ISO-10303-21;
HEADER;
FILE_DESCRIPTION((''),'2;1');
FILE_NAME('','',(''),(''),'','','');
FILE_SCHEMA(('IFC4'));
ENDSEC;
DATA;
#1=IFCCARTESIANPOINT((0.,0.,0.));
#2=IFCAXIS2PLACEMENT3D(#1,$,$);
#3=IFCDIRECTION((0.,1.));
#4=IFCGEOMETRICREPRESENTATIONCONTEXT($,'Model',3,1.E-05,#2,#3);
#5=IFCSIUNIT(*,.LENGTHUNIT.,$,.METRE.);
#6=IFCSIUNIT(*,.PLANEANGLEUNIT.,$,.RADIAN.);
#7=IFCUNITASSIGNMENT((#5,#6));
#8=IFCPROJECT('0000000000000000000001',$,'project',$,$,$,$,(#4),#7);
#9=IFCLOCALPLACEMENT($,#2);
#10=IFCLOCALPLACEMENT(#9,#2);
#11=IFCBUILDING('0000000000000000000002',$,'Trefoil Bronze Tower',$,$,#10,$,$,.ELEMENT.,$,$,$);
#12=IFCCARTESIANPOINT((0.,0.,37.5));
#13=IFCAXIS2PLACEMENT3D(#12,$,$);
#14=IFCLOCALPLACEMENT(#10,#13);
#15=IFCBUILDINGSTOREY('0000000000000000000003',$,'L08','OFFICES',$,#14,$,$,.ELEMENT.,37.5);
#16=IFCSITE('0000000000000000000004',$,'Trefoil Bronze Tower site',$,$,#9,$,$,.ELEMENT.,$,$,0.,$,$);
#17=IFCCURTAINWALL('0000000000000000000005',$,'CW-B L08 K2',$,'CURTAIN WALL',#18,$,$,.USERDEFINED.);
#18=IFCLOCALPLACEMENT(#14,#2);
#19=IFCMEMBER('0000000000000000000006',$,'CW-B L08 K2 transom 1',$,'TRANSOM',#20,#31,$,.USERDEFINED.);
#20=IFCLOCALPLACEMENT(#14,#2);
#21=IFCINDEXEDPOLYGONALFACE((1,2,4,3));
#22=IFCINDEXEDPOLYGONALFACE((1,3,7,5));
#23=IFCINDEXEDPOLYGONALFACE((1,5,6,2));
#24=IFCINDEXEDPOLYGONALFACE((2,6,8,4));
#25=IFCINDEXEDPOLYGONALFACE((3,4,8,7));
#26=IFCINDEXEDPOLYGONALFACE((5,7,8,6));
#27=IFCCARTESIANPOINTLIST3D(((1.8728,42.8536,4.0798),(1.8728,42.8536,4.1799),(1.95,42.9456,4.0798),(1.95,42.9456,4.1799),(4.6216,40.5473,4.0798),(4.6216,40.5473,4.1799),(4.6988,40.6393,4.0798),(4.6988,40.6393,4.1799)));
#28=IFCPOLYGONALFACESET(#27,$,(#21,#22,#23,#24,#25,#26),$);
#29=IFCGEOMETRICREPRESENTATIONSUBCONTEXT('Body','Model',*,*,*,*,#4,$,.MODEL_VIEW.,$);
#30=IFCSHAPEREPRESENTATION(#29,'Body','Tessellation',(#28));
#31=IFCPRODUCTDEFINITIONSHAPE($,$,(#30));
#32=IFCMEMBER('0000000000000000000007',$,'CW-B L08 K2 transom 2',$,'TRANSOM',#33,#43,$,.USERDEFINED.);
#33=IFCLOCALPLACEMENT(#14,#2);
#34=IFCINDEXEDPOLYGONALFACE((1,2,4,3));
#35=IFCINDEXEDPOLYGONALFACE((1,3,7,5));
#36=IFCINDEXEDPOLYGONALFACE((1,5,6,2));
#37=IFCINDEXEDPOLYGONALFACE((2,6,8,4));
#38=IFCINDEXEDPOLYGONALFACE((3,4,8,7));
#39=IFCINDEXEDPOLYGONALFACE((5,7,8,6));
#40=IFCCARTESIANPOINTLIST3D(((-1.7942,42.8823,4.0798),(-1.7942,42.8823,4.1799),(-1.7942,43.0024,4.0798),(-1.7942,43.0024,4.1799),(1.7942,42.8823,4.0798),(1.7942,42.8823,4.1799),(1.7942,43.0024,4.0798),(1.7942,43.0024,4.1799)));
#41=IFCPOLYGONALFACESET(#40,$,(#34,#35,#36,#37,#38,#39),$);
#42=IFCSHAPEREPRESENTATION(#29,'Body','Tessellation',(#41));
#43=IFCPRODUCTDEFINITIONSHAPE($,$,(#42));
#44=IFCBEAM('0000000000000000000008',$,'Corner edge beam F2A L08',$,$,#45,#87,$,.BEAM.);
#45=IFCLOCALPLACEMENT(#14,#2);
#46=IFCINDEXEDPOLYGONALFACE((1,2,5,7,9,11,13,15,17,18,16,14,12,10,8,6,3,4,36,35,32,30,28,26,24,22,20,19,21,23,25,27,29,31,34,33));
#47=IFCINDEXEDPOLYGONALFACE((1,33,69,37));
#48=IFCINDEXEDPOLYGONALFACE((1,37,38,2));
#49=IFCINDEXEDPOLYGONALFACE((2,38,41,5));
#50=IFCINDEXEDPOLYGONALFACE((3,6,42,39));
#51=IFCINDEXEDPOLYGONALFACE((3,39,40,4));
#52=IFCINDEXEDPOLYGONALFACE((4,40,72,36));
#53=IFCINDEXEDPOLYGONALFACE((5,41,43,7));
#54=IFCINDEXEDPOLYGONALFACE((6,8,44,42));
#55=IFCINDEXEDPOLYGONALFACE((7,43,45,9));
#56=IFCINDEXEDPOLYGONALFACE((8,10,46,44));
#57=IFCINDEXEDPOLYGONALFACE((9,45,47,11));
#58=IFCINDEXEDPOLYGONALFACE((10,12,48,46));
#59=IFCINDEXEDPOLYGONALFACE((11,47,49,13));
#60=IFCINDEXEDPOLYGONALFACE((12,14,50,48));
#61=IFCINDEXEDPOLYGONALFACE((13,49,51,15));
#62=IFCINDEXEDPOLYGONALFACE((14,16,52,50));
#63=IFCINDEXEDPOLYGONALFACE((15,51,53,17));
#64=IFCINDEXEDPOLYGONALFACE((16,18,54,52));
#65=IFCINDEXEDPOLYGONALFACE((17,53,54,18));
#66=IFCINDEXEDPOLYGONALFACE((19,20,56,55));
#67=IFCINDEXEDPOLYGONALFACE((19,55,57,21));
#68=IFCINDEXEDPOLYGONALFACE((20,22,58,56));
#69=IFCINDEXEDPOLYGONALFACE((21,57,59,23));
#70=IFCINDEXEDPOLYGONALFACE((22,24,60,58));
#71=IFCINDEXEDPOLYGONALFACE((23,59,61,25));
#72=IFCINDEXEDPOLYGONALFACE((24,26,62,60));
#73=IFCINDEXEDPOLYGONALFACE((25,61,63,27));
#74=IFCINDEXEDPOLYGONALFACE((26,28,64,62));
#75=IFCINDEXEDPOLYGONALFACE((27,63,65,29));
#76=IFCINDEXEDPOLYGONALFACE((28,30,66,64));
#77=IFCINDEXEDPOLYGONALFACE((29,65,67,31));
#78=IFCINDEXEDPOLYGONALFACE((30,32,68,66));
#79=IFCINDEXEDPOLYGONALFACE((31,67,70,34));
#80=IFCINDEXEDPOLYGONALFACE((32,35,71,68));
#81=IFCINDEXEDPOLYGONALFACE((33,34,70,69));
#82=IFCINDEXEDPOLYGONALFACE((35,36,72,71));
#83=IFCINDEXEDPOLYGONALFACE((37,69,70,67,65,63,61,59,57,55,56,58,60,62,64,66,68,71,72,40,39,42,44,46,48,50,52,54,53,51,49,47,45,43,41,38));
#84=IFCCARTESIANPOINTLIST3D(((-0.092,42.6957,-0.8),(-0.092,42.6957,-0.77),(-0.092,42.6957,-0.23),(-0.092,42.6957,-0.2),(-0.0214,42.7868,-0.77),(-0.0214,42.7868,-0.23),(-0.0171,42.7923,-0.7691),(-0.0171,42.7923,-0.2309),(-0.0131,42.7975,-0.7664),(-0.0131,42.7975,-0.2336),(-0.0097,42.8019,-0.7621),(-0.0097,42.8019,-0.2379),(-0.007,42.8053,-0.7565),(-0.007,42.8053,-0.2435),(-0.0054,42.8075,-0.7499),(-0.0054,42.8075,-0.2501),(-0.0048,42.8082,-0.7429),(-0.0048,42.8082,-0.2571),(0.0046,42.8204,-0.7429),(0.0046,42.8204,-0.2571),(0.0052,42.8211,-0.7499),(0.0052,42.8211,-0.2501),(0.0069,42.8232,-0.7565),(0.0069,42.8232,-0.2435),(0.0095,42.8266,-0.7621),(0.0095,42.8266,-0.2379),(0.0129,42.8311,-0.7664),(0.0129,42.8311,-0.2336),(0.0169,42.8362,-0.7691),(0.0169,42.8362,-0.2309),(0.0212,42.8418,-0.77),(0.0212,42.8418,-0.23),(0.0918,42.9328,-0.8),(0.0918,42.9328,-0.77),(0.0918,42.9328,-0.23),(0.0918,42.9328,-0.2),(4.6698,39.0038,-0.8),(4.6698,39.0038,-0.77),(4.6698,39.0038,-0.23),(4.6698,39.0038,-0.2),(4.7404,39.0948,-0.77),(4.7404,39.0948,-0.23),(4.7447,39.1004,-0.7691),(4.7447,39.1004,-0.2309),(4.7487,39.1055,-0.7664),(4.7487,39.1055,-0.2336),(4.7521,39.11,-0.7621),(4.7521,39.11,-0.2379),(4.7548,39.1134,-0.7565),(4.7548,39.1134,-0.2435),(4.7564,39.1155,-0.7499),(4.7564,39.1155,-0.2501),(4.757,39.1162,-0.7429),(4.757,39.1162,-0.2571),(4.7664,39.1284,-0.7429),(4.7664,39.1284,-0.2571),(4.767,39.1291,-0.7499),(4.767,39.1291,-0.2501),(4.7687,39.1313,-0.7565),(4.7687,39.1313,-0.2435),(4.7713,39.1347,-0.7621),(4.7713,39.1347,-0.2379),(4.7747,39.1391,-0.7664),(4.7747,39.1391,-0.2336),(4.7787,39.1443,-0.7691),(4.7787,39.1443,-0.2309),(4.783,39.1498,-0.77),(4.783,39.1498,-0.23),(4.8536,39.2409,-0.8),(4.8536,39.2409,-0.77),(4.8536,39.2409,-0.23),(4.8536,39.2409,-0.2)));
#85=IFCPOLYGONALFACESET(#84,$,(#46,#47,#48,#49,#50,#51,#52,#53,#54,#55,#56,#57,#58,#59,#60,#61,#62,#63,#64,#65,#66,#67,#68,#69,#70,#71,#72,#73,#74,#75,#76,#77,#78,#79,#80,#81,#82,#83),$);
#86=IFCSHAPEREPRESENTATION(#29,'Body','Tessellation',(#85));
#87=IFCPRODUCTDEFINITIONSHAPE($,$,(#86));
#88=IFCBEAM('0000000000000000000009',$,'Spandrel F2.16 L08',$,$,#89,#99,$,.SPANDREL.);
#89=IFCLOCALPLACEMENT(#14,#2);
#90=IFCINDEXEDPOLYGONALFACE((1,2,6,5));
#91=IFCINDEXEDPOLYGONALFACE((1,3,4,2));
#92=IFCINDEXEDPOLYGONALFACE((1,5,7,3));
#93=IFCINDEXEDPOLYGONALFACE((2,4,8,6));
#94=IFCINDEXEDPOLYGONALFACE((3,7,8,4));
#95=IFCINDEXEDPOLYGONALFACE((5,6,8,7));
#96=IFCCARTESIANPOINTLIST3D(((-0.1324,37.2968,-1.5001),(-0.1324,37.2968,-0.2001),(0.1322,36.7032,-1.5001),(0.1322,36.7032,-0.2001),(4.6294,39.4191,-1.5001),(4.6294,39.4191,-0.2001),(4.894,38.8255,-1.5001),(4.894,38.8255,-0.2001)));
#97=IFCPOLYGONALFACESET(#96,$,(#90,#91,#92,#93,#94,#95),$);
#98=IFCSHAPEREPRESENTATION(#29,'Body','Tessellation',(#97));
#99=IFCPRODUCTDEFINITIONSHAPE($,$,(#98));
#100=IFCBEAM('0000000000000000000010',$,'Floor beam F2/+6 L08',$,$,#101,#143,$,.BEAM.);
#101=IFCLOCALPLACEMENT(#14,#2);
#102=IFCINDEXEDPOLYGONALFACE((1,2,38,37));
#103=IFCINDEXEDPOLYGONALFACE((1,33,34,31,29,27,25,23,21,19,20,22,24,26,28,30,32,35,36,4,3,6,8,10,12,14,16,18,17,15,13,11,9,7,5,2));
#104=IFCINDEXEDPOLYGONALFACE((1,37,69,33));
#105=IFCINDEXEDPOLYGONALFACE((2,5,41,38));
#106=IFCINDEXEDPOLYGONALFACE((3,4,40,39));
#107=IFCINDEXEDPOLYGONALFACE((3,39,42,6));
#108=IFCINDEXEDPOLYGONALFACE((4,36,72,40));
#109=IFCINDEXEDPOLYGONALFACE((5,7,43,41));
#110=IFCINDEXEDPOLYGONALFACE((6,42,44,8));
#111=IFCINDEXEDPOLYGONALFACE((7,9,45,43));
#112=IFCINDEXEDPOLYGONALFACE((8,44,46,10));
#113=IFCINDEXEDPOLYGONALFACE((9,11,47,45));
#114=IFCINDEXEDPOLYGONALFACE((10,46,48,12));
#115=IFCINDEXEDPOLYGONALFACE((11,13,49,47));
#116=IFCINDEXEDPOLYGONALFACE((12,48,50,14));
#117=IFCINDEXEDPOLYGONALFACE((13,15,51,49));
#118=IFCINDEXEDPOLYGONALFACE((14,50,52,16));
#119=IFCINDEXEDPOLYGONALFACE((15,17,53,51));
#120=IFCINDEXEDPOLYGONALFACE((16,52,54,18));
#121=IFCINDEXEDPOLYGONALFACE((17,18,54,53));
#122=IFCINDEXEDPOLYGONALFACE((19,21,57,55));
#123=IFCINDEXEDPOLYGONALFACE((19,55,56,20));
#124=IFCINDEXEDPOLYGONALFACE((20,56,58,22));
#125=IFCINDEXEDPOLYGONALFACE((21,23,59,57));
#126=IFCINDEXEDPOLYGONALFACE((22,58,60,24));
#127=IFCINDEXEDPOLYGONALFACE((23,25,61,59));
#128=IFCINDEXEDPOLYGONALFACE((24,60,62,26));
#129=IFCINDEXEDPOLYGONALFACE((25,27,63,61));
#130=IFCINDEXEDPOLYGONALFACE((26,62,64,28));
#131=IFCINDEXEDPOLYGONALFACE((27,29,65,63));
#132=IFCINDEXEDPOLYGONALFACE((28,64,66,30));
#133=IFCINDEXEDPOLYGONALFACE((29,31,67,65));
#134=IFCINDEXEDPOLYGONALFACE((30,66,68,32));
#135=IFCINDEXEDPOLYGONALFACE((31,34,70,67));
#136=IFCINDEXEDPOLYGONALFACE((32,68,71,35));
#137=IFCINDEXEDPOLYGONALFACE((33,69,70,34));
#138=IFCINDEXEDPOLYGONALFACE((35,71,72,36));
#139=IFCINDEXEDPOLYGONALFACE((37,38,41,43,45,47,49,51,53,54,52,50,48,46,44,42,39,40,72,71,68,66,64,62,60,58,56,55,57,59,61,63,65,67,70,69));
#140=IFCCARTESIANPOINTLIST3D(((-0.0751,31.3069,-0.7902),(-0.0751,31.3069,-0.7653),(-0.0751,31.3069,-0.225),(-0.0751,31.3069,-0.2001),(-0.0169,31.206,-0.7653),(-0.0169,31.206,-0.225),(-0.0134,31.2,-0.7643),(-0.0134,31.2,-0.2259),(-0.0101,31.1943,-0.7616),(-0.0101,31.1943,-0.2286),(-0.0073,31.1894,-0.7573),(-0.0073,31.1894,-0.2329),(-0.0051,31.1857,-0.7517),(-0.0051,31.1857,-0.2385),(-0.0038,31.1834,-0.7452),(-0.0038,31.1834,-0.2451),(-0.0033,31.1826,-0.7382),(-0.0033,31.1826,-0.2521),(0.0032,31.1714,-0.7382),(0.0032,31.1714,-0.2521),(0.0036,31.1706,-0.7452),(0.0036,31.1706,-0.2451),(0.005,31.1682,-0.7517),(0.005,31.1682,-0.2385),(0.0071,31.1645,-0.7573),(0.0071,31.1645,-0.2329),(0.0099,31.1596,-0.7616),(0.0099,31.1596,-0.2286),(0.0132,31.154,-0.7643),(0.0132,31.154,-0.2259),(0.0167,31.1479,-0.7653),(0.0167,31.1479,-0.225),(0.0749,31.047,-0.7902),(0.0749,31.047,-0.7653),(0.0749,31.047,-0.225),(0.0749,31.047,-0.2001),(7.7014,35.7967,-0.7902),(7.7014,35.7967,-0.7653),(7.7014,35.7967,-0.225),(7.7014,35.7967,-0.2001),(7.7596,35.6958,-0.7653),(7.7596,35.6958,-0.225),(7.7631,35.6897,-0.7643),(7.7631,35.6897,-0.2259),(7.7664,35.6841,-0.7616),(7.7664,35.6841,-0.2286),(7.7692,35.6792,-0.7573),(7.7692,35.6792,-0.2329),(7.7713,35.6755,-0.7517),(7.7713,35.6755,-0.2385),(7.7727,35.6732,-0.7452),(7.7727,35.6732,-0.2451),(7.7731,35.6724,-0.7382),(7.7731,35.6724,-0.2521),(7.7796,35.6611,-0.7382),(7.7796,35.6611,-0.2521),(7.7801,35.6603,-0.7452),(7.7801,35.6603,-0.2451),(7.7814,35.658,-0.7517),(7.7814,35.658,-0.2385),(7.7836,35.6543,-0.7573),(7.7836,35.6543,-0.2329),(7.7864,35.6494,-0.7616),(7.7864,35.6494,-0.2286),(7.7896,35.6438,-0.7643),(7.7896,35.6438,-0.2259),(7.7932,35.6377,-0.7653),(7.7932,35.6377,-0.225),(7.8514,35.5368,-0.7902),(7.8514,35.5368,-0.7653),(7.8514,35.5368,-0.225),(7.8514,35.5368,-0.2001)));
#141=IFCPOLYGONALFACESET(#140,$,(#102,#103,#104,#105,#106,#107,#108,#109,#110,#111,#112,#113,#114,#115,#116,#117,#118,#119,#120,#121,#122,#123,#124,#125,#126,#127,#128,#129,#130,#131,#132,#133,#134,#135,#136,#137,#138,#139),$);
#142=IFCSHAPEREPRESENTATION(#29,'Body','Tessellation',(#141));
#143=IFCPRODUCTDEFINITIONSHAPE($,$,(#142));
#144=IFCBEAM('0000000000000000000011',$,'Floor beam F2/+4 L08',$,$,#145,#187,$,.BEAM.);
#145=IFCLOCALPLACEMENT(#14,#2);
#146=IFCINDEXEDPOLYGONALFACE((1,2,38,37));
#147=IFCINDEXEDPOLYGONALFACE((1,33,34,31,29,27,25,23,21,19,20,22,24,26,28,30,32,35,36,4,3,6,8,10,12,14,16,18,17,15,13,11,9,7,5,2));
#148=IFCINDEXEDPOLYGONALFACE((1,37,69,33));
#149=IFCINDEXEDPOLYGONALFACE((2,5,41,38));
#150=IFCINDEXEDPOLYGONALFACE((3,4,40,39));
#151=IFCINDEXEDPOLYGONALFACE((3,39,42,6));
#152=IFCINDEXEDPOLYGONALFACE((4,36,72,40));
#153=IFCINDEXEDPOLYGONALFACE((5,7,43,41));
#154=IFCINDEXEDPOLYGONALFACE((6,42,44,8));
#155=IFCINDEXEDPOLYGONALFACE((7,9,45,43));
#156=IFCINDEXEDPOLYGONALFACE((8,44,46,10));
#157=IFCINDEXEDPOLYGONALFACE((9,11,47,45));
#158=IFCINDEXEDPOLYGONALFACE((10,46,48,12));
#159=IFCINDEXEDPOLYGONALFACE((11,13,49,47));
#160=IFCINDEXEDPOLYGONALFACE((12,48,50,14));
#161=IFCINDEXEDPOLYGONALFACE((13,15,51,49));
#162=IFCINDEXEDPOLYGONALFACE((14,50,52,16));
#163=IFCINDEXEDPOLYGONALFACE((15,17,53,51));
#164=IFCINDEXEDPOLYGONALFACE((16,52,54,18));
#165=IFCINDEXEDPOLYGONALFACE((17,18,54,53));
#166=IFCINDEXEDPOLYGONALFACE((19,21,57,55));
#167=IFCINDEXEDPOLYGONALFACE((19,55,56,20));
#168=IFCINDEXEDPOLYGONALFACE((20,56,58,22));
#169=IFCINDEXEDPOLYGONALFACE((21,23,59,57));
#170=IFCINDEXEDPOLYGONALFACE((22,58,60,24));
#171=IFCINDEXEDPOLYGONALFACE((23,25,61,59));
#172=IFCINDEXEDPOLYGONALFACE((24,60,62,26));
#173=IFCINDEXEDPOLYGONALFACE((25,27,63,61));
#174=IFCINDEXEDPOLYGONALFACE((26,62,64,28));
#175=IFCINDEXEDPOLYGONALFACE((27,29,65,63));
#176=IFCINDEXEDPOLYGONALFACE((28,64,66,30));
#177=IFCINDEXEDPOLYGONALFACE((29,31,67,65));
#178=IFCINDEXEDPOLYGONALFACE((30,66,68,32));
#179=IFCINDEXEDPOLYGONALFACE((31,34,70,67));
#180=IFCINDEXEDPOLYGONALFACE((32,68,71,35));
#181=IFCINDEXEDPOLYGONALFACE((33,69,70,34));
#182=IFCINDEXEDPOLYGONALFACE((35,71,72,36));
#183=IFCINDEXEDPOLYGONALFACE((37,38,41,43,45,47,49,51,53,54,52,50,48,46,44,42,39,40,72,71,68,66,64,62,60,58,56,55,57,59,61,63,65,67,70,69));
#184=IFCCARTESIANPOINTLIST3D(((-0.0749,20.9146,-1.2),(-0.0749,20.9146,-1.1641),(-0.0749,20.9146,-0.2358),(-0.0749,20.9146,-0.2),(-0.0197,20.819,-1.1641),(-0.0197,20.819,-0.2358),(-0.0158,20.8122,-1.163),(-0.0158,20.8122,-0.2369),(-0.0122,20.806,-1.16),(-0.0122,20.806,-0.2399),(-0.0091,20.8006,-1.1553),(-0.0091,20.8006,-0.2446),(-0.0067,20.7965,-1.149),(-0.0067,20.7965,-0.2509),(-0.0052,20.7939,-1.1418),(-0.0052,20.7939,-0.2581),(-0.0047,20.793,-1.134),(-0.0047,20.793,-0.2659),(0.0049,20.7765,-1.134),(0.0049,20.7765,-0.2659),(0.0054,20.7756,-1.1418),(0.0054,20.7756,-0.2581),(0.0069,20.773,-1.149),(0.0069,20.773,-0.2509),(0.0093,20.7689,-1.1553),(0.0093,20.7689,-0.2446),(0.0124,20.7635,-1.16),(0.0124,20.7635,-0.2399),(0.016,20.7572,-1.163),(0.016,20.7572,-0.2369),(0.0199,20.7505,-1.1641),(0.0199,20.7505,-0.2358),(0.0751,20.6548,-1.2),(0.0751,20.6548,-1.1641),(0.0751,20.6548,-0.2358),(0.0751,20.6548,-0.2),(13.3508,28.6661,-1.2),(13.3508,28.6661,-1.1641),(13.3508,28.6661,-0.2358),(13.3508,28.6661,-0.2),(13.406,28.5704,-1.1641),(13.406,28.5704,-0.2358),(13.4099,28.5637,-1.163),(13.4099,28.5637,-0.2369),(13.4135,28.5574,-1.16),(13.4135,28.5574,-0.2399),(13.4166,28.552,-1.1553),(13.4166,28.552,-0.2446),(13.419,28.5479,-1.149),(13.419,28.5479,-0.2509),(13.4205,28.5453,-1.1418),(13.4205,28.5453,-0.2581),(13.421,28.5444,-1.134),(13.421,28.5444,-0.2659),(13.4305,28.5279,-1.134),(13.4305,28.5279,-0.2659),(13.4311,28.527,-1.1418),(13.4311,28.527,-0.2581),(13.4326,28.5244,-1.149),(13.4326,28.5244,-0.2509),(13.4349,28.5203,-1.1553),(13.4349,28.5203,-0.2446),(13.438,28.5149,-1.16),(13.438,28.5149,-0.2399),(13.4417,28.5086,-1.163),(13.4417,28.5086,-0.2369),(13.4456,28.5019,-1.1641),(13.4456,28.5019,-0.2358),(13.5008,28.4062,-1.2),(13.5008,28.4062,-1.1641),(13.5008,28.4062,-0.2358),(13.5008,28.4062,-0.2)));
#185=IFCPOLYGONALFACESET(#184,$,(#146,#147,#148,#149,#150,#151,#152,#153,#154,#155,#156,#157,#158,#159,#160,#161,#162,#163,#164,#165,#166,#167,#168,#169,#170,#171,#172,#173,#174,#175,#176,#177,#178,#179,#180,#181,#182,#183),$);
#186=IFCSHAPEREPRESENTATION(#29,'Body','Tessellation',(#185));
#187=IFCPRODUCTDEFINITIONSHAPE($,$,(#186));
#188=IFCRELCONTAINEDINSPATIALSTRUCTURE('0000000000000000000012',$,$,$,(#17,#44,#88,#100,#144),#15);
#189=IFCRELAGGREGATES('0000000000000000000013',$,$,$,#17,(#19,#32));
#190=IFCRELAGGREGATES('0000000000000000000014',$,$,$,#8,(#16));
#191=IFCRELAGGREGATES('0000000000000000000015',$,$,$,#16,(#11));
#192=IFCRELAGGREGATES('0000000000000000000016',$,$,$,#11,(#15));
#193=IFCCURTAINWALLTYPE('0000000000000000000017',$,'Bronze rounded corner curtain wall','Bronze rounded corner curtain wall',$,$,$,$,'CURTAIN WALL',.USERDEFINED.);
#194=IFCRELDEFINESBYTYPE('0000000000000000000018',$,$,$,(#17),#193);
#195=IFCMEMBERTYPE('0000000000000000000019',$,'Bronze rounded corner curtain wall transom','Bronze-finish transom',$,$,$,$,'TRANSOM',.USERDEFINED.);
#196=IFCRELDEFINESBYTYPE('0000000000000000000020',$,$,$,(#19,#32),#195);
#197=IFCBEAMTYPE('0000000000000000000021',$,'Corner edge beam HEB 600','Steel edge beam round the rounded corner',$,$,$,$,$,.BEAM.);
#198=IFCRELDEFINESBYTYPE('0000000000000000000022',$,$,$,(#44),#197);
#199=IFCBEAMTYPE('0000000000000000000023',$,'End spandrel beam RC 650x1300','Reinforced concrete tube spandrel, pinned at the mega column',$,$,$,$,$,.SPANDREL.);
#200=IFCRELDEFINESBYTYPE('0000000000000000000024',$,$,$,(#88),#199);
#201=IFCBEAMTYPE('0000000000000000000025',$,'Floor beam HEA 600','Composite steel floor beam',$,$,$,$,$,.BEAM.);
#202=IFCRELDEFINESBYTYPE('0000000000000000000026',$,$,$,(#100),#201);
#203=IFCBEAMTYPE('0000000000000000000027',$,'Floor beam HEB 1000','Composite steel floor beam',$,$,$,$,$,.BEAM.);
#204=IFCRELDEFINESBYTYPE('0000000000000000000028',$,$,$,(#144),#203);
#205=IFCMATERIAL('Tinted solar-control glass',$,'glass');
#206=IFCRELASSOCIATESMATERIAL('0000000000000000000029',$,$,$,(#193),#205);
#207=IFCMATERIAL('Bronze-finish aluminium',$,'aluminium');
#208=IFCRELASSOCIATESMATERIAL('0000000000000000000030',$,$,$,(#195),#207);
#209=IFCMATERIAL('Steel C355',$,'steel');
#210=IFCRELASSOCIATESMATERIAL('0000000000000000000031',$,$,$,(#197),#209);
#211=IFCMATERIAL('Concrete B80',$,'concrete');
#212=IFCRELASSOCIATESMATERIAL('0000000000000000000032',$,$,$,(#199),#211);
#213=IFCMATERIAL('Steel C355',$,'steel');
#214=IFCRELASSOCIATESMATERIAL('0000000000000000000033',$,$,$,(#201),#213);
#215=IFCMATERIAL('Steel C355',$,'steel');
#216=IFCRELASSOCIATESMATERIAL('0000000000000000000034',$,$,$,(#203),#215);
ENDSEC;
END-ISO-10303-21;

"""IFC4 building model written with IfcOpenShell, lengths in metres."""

from ifc_helpers import new_model, si_unit, direction, frame, origin, origin_2d, place, context, subcontext, project, spatial, rectangle, i_section, extrude, material, material_profile, profile_set, type_object, element, aggregate, save


model = new_model("IFC4")

# Units and contexts
model_context = context("Model", 3, precision=1e-05, world=origin(), true_north=direction((0.0, 1.0)))
body_context = subcontext(model_context, "Body", "Model", "MODEL_VIEW")
ifc_project = project(units=[si_unit("LENGTHUNIT", "METRE"), si_unit("PLANEANGLEUNIT", "RADIAN")], contexts=[model_context])

# Site, building, storey
site_placement = place(None, origin())
site = spatial("IfcSite", under=ifc_project, at=site_placement, Name="Trefoil Bronze Tower site", CompositionType="ELEMENT", RefElevation=0.0)
building_placement = place(site_placement, origin())
building = spatial("IfcBuilding", under=site, at=building_placement, Name="Trefoil Bronze Tower", CompositionType="ELEMENT")
storey_placement = place(building_placement, frame((0.0, 0.0, 37.5)))
storey = spatial("IfcBuildingStorey", under=building, at=storey_placement, Name="L08", Description="OFFICES", CompositionType="ELEMENT", Elevation=37.5)

# Curtain wall, members
ifc_material_1 = material(Name="Tinted solar-control glass", Category="glass")
curtain_wall_type_1 = type_object("IfcCurtainWallType", Name="Bronze rounded corner curtain wall", Description="Bronze rounded corner curtain wall", ElementType="CURTAIN WALL", PredefinedType="USERDEFINED", material=ifc_material_1)
curtain_wall_1_placement = place(storey_placement, origin())
curtain_wall_1 = element("IfcCurtainWall", 1, at=curtain_wall_1_placement, inside=storey, type_object=curtain_wall_type_1, Name="CW-B L08 K2", ObjectType="CURTAIN WALL", PredefinedType="USERDEFINED")
ifc_material_2 = material(Name="Bronze-finish aluminium", Category="aluminium")
ifc_material_profile_1 = material_profile(ifc_material_2, rectangle(XDim=0.1201, YDim=0.1001, at=origin_2d()), Name="CW-B transom")
ifc_profile_set_1 = profile_set([ifc_material_profile_1], Name="Bronze-finish aluminium")
member_type_1 = type_object("IfcMemberType", Name="Bronze rounded corner curtain wall transom", Description="Bronze-finish transom", ElementType="TRANSOM", PredefinedType="USERDEFINED", material=ifc_profile_set_1)
member_1_placement = place(storey_placement, frame((4.6602, 40.5933, 4.1299), z_axis=(-0.766059, 0.642771, 0.0), x_axis=(-0.642771, -0.766059, 0.0)))
member_1 = element("IfcMember", 2, at=member_1_placement, type_object=member_type_1, Name="CW-B L08 K2 transom 1", ObjectType="TRANSOM", PredefinedType="USERDEFINED", context=body_context, shape_type="SweptSolid", body=[
    extrude(rectangle(XDim=0.1201, YDim=0.1001, at=origin_2d()), origin(), (0.0, 0.0, 1.0), 3.5881),
])
member_2_placement = place(storey_placement, frame((1.7942, 42.9424, 4.1299), z_axis=(-1.0, 0.0, 0.0), x_axis=(0.0, -1.0, 0.0)))
member_2 = element("IfcMember", 3, at=member_2_placement, type_object=member_type_1, Name="CW-B L08 K2 transom 2", ObjectType="TRANSOM", PredefinedType="USERDEFINED", context=body_context, shape_type="SweptSolid", body=[
    extrude(rectangle(XDim=0.1201, YDim=0.1001, at=origin_2d()), origin(), (0.0, 0.0, 1.0), 3.5884),
])

# Beams
ifc_material_3 = material(Name="Steel C355", Category="steel")
ifc_material_profile_2 = material_profile(ifc_material_3, i_section(OverallWidth=0.3, OverallDepth=0.6001, WebThickness=0.0154, FlangeThickness=0.03, FilletRadius=0.0271, at=origin_2d()), Name="HEB 600")
ifc_profile_set_2 = profile_set([ifc_material_profile_2], Name="Steel C355")
beam_type_1 = type_object("IfcBeamType", Name="Corner edge beam HEB 600", Description="Steel edge beam round the rounded corner", PredefinedType="BEAM", material=ifc_profile_set_2)
beam_1_placement = place(storey_placement, frame((4.7617, 39.1223, -0.5), z_axis=(-0.790289, 0.612734, 0.0), x_axis=(-0.612734, -0.790289, 0.0)))
element("IfcBeam", 4, at=beam_1_placement, inside=storey, type_object=beam_type_1, Name="Corner edge beam F2A L08", PredefinedType="BEAM", context=body_context, shape_type="SweptSolid", body=[
    extrude(i_section(OverallWidth=0.3, OverallDepth=0.6001, WebThickness=0.0154, FlangeThickness=0.03, FilletRadius=0.0271, at=origin_2d()), origin(), (0.0, 0.0, 1.0), 6.0254),
])
ifc_material_4 = material(Name="Concrete B80", Category="concrete")
ifc_material_profile_3 = material_profile(ifc_material_4, rectangle(XDim=0.6499, YDim=1.3, at=origin_2d()), Name="RC 650x1300")
ifc_profile_set_3 = profile_set([ifc_material_profile_3], Name="Concrete B80")
beam_type_2 = type_object("IfcBeamType", Name="End spandrel beam RC 650x1300", Description="Reinforced concrete tube spandrel, pinned at the mega column", PredefinedType="SPANDREL", material=ifc_profile_set_3)
beam_2_placement = place(storey_placement, frame((4.7617, 39.1223, -0.8501), z_axis=(-0.913384, -0.407099, 0.0), x_axis=(0.407099, -0.913384, 0.0)))
element("IfcBeam", 5, at=beam_2_placement, inside=storey, type_object=beam_type_2, Name="Spandrel F2.16 L08", PredefinedType="SPANDREL", context=body_context, shape_type="SweptSolid", body=[
    extrude(rectangle(XDim=0.6499, YDim=1.3, at=origin_2d()), origin(), (0.0, 0.0, 1.0), 5.2134),
])
ifc_material_5 = material(Name="Steel C355", Category="steel")
ifc_material_profile_4 = material_profile(ifc_material_5, i_section(OverallWidth=0.3, OverallDepth=0.5901, WebThickness=0.0129, FlangeThickness=0.0249, FilletRadius=0.0271, at=origin_2d()), Name="HEA 600")
ifc_profile_set_4 = profile_set([ifc_material_profile_4], Name="Steel C355")
beam_type_3 = type_object("IfcBeamType", Name="Floor beam HEA 600", Description="Composite steel floor beam", PredefinedType="BEAM", material=ifc_profile_set_4)
beam_3_placement = place(storey_placement, frame((7.7764, 35.6667, -0.4951), z_axis=(-0.866023, -0.500005, 0.0), x_axis=(0.500005, -0.866023, 0.0)))
element("IfcBeam", 6, at=beam_3_placement, inside=storey, type_object=beam_type_3, Name="Floor beam F2/+6 L08", PredefinedType="BEAM", context=body_context, shape_type="SweptSolid", body=[
    extrude(i_section(OverallWidth=0.3, OverallDepth=0.5901, WebThickness=0.0129, FlangeThickness=0.0249, FilletRadius=0.0271, at=origin_2d()), origin(), (0.0, 0.0, 1.0), 8.9795),
])
ifc_material_6 = material(Name="Steel C355", Category="steel")
ifc_material_profile_5 = material_profile(ifc_material_6, i_section(OverallWidth=0.3, OverallDepth=1.0, WebThickness=0.019, FlangeThickness=0.0359, FilletRadius=0.03, at=origin_2d()), Name="HEB 1000")
ifc_profile_set_5 = profile_set([ifc_material_profile_5], Name="Steel C355")
beam_type_4 = type_object("IfcBeamType", Name="Floor beam HEB 1000", Description="Composite steel floor beam", PredefinedType="BEAM", material=ifc_profile_set_5)
beam_4_placement = place(storey_placement, frame((13.4258, 28.5361, -0.7), z_axis=(-0.866023, -0.500004, 0.0), x_axis=(0.500004, -0.866023, 0.0)))
element("IfcBeam", 7, at=beam_4_placement, inside=storey, type_object=beam_type_4, Name="Floor beam F2/+4 L08", PredefinedType="BEAM", context=body_context, shape_type="SweptSolid", body=[
    extrude(i_section(OverallWidth=0.3, OverallDepth=1.0, WebThickness=0.019, FlangeThickness=0.0359, FilletRadius=0.03, at=origin_2d()), origin(), (0.0, 0.0, 1.0), 15.5027),
])

aggregate(curtain_wall_1, [member_1, member_2])

save(model, "model.ifc")
